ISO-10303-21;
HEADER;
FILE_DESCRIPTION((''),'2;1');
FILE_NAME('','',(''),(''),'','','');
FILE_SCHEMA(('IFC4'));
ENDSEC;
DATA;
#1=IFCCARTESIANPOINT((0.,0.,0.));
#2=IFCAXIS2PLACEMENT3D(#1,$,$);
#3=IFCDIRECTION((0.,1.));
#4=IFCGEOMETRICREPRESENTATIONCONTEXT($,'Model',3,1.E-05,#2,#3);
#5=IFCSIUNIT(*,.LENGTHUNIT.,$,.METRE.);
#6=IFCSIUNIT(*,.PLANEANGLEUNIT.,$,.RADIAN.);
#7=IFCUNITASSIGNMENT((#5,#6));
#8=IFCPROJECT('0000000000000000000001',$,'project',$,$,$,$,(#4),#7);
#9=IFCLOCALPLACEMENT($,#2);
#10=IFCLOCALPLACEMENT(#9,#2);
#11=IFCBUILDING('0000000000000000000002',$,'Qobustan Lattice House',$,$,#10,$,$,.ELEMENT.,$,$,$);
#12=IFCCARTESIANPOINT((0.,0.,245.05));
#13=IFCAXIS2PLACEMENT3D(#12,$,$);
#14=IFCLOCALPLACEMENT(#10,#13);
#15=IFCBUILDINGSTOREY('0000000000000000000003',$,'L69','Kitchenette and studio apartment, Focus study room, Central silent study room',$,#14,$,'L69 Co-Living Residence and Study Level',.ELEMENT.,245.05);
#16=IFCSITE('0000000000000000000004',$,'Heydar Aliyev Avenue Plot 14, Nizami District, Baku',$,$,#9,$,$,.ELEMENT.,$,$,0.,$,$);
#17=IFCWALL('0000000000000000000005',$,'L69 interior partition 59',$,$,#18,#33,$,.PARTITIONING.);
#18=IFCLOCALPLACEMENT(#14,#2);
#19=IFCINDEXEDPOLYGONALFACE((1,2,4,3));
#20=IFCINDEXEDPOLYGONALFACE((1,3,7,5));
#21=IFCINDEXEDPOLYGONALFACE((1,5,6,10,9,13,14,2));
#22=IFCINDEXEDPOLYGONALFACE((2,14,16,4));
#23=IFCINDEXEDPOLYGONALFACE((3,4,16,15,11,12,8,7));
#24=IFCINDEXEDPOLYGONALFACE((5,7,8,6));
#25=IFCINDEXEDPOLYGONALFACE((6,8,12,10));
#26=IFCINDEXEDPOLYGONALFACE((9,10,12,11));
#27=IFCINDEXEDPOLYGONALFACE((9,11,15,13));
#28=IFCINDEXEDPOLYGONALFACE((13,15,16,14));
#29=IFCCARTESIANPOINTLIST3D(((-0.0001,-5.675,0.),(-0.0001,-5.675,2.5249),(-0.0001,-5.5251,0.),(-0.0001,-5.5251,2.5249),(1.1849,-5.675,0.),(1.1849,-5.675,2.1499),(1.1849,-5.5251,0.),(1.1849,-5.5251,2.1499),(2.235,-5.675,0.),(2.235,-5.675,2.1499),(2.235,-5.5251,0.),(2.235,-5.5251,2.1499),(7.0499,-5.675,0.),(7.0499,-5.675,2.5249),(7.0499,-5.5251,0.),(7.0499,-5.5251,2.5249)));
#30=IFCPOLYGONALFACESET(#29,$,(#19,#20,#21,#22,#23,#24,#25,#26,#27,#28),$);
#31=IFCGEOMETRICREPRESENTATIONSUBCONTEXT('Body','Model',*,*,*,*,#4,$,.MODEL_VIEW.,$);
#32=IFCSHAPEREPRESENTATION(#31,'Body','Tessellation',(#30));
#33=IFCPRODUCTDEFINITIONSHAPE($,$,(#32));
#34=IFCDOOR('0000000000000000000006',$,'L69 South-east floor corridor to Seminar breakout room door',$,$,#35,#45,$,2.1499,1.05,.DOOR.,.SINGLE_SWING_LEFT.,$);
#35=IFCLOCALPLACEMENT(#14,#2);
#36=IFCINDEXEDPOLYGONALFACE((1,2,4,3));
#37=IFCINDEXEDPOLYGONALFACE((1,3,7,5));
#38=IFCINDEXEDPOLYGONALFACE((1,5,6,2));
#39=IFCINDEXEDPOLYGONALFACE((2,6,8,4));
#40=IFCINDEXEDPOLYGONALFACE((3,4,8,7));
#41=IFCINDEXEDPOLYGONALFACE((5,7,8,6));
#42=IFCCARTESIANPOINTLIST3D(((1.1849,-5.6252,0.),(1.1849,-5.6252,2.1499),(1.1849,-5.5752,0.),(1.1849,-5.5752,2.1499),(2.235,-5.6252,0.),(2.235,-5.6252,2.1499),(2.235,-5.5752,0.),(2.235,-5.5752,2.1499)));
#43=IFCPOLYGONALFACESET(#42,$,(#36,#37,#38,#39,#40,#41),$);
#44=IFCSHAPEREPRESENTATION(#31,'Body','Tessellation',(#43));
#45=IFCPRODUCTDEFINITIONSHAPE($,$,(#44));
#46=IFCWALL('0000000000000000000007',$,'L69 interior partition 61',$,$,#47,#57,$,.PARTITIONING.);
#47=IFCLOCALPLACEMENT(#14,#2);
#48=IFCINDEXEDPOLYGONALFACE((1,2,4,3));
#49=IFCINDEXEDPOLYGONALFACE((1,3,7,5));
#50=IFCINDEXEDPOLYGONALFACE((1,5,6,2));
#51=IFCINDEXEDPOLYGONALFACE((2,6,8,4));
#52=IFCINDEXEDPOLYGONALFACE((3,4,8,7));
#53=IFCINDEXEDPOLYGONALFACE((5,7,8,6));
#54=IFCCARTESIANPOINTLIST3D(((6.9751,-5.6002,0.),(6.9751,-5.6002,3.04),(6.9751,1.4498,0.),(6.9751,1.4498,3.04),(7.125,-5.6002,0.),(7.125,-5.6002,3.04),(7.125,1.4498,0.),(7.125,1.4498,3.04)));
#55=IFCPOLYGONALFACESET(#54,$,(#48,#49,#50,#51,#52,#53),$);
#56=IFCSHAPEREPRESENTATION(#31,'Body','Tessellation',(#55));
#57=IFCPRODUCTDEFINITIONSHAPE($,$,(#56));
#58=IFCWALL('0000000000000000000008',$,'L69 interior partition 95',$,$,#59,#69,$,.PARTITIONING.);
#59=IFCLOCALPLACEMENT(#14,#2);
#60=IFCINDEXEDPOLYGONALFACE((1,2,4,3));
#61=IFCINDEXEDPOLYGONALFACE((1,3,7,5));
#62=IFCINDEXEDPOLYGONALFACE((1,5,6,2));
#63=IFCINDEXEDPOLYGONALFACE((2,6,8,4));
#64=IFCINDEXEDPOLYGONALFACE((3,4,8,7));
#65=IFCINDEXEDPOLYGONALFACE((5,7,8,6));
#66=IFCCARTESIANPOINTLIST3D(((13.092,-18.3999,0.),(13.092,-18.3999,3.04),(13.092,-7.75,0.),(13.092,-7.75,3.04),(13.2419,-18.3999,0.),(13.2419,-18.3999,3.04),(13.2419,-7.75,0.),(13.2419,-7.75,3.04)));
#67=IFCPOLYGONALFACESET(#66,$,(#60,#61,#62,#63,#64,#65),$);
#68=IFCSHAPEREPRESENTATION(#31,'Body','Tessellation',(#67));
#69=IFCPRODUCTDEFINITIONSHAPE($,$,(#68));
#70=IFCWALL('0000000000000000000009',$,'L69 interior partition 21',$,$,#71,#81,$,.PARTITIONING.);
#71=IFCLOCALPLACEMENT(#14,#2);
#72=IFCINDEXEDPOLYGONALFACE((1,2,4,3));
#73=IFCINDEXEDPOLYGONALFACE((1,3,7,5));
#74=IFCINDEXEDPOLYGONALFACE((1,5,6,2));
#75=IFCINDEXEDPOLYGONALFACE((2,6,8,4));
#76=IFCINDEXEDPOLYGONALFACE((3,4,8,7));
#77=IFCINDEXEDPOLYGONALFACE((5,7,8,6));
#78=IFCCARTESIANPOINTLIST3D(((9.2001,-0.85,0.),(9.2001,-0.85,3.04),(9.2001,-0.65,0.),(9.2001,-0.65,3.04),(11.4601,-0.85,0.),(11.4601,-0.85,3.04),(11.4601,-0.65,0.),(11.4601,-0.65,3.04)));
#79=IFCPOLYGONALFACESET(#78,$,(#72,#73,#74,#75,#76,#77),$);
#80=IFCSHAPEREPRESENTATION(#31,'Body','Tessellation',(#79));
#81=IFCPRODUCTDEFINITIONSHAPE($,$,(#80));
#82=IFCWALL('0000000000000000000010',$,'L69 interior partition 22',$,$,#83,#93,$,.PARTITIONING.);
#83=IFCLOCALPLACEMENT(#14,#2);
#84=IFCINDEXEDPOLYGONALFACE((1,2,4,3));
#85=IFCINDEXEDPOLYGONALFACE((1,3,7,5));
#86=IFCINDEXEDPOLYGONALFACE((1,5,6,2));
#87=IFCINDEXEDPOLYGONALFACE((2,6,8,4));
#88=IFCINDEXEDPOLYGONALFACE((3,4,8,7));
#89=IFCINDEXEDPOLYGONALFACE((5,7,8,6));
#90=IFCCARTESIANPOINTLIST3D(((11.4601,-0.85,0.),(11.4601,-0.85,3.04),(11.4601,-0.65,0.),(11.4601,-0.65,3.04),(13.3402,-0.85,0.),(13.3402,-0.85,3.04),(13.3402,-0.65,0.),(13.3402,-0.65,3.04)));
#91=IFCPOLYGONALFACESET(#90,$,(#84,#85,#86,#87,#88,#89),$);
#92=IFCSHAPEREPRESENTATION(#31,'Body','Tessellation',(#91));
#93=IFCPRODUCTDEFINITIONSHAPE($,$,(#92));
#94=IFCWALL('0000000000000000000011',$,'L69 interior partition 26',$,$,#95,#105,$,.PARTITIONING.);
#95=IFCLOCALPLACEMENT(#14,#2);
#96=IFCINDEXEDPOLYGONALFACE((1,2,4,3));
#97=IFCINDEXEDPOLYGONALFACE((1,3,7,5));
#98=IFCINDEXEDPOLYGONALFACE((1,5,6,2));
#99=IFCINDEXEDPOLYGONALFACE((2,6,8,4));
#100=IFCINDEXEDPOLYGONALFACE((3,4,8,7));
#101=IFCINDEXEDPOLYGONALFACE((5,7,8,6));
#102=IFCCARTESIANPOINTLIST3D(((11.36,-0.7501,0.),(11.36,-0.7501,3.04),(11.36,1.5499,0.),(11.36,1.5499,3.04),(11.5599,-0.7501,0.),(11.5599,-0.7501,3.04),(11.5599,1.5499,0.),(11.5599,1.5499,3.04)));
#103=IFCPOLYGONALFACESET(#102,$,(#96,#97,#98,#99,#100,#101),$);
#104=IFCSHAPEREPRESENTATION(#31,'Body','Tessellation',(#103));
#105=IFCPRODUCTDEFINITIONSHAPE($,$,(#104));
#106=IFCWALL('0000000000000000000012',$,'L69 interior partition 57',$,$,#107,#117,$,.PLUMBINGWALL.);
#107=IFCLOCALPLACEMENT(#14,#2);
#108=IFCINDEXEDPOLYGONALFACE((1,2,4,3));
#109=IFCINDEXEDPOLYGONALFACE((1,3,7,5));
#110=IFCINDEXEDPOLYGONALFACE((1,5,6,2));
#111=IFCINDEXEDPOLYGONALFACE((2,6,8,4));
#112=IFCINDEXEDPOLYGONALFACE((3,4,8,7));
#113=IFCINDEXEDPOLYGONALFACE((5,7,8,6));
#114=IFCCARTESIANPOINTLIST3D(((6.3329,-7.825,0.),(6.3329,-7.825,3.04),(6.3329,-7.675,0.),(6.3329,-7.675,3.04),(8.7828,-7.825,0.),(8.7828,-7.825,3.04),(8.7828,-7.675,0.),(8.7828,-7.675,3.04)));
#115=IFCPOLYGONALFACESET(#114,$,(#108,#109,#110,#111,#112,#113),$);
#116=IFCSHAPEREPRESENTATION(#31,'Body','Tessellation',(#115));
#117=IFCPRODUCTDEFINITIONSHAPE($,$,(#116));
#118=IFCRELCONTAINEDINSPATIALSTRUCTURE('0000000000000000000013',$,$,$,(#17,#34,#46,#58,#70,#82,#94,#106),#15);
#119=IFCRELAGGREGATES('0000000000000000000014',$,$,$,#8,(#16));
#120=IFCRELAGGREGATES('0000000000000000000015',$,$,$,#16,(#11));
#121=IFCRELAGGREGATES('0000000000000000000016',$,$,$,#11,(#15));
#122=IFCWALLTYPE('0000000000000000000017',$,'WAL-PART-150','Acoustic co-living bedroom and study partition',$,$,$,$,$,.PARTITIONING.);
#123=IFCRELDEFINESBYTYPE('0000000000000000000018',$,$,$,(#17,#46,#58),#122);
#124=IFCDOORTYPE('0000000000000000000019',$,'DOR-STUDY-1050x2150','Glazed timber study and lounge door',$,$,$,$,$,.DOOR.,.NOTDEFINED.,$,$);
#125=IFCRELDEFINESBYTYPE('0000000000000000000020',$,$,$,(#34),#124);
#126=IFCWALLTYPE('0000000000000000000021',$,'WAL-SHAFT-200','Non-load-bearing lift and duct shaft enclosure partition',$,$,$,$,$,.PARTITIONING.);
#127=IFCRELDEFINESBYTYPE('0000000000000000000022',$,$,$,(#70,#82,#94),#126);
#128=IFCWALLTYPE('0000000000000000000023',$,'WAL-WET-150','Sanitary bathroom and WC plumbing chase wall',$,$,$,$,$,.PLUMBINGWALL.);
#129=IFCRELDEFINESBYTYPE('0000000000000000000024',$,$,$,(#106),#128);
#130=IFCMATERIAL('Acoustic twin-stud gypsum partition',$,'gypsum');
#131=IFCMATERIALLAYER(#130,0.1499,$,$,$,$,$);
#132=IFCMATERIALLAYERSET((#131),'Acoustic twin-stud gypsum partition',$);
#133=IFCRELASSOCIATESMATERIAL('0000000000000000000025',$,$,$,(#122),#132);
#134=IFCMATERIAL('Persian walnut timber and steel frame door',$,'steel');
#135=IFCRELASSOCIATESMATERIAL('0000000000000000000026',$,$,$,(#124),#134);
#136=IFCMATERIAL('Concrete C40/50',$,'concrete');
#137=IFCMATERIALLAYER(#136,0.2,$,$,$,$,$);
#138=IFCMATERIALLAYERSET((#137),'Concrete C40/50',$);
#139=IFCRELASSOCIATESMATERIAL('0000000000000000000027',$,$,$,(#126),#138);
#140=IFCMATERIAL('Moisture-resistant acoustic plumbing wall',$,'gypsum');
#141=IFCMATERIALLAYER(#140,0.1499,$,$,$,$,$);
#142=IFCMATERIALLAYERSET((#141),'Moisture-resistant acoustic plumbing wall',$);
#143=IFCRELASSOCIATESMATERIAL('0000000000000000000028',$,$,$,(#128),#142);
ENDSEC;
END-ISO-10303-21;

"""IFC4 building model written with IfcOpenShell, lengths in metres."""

from ifc_helpers import new_model, si_unit, direction, frame, frame_2d, origin, place, context, subcontext, project, spatial, rectangle, extrude, material, layer, layer_set, type_object, element, fill, save


model = new_model("IFC4")

# Units and contexts
model_context = context("Model", 3, precision=1e-05, world=origin(), true_north=direction((0.0, 1.0)))
body_context = subcontext(model_context, "Body", "Model", "MODEL_VIEW")
ifc_project = project(units=[si_unit("LENGTHUNIT", "METRE"), si_unit("PLANEANGLEUNIT", "RADIAN")], contexts=[model_context])

# Site, building, storey
site_placement = place(None, origin())
site = spatial("IfcSite", under=ifc_project, at=site_placement, Name="Heydar Aliyev Avenue Plot 14, Nizami District, Baku", CompositionType="ELEMENT", RefElevation=0.0)
building_placement = place(site_placement, origin())
building = spatial("IfcBuilding", under=site, at=building_placement, Name="Qobustan Lattice House", CompositionType="ELEMENT")
storey_placement = place(building_placement, frame((0.0, 0.0, 245.05)))
storey = spatial("IfcBuildingStorey", under=building, at=storey_placement, Name="L69", Description="Kitchenette and studio apartment, Focus study room, Central silent study room", LongName="L69 Co-Living Residence and Study Level", CompositionType="ELEMENT", Elevation=245.05)

# Wall, opening, door
ifc_material_1 = material(Name="Acoustic twin-stud gypsum partition", Category="gypsum")
ifc_layer_1 = layer(ifc_material_1, 0.1499)
ifc_layer_set_1 = layer_set([ifc_layer_1], Name="Acoustic twin-stud gypsum partition")
wall_type_1 = type_object("IfcWallType", Name="WAL-PART-150", Description="Acoustic co-living bedroom and study partition", PredefinedType="PARTITIONING", material=ifc_layer_set_1)
wall_1_placement = place(storey_placement, frame((0.0, -5.6001, 0.0), z_axis=(0.0, 0.0, 1.0), x_axis=(1.0, 0.0, 0.0)))
wall_1 = element("IfcWall", 1, at=wall_1_placement, inside=storey, type_object=wall_type_1, Name="L69 interior partition 59", PredefinedType="PARTITIONING", context=body_context, shape_type="SweptSolid", body=[
    extrude(rectangle(XDim=7.05, YDim=0.1499, at=frame_2d((3.5249, 0.0))), origin(), (0.0, 0.0, 1.0), 2.5249),
])
opening_1_placement = place(wall_1_placement, frame((1.1851, 0.0, 0.0)))
opening_1 = element("IfcOpeningElement", 2, at=opening_1_placement, cuts=wall_1, PredefinedType="OPENING", context=body_context, shape_type="SweptSolid", body=[
    extrude(rectangle(XDim=1.05, YDim=2.1499, at=frame_2d((0.5249, 1.075))), frame((0.0, 0.085, 0.0), z_axis=(0.0, -1.0, 0.0), x_axis=(1.0, 0.0, 0.0)), (0.0, 0.0, 1.0), 0.1699),
])
ifc_material_2 = material(Name="Persian walnut timber and steel frame door", Category="steel")
door_type_1 = type_object("IfcDoorType", Name="DOR-STUDY-1050x2150", Description="Glazed timber study and lounge door", OperationType="NOTDEFINED", PredefinedType="DOOR", material=ifc_material_2)
door_1_placement = place(opening_1_placement, origin())
door_1 = element("IfcDoor", 3, at=door_1_placement, inside=storey, type_object=door_type_1, Name="L69 South-east floor corridor to Seminar breakout room door", OperationType="SINGLE_SWING_LEFT", OverallHeight=2.1499, OverallWidth=1.05, PredefinedType="DOOR", context=body_context, shape_type="SweptSolid", body=[
    extrude(rectangle(XDim=1.05, YDim=2.1499, at=frame_2d((0.5249, 1.075))), frame((0.0, 0.0249, 0.0), z_axis=(0.0, -1.0, 0.0), x_axis=(1.0, 0.0, 0.0)), (0.0, 0.0, 1.0), 0.05),
])
fill(opening_1, door_1)

# Walls
wall_2_placement = place(storey_placement, frame((7.05, -5.6001, 0.0), z_axis=(0.0, 0.0, 1.0), x_axis=(0.0, 1.0, 0.0)))
element("IfcWall", 4, at=wall_2_placement, inside=storey, type_object=wall_type_1, Name="L69 interior partition 61", PredefinedType="PARTITIONING", context=body_context, shape_type="SweptSolid", body=[
    extrude(rectangle(XDim=7.05, YDim=0.1499, at=frame_2d((3.5249, 0.0))), origin(), (0.0, 0.0, 1.0), 3.04),
])
wall_3_placement = place(storey_placement, frame((13.167, -7.75, 0.0), z_axis=(0.0, 0.0, 1.0), x_axis=(0.0, -1.0, 0.0)))
element("IfcWall", 5, at=wall_3_placement, inside=storey, type_object=wall_type_1, Name="L69 interior partition 95", PredefinedType="PARTITIONING", context=body_context, shape_type="SweptSolid", body=[
    extrude(rectangle(XDim=10.6499, YDim=0.1499, at=frame_2d((5.325, 0.0))), origin(), (0.0, 0.0, 1.0), 3.04),
])
ifc_material_3 = material(Name="Concrete C40/50", Category="concrete")
ifc_layer_2 = layer(ifc_material_3, 0.2)
ifc_layer_set_2 = layer_set([ifc_layer_2], Name="Concrete C40/50")
wall_type_2 = type_object("IfcWallType", Name="WAL-SHAFT-200", Description="Non-load-bearing lift and duct shaft enclosure partition", PredefinedType="PARTITIONING", material=ifc_layer_set_2)
wall_4_placement = place(storey_placement, frame((11.46, -0.75, 0.0), z_axis=(0.0, 0.0, 1.0), x_axis=(-1.0, 0.0, 0.0)))
element("IfcWall", 6, at=wall_4_placement, inside=storey, type_object=wall_type_2, Name="L69 interior partition 21", PredefinedType="PARTITIONING", context=body_context, shape_type="SweptSolid", body=[
    extrude(rectangle(XDim=2.26, YDim=0.2, at=frame_2d((1.1299, 0.0))), origin(), (0.0, 0.0, 1.0), 3.04),
])
wall_5_placement = place(storey_placement, frame((13.3401, -0.75, 0.0), z_axis=(0.0, 0.0, 1.0), x_axis=(-1.0, 0.0, 0.0)))
element("IfcWall", 7, at=wall_5_placement, inside=storey, type_object=wall_type_2, Name="L69 interior partition 22", PredefinedType="PARTITIONING", context=body_context, shape_type="SweptSolid", body=[
    extrude(rectangle(XDim=1.8801, YDim=0.2, at=frame_2d((0.9399, 0.0))), origin(), (0.0, 0.0, 1.0), 3.04),
])
wall_6_placement = place(storey_placement, frame((11.46, -0.75, 0.0), z_axis=(0.0, 0.0, 1.0), x_axis=(0.0, 1.0, 0.0)))
element("IfcWall", 8, at=wall_6_placement, inside=storey, type_object=wall_type_2, Name="L69 interior partition 26", PredefinedType="PARTITIONING", context=body_context, shape_type="SweptSolid", body=[
    extrude(rectangle(XDim=2.3, YDim=0.2, at=frame_2d((1.1499, 0.0))), origin(), (0.0, 0.0, 1.0), 3.04),
])
ifc_material_4 = material(Name="Moisture-resistant acoustic plumbing wall", Category="gypsum")
ifc_layer_3 = layer(ifc_material_4, 0.1499)
ifc_layer_set_3 = layer_set([ifc_layer_3], Name="Moisture-resistant acoustic plumbing wall")
wall_type_3 = type_object("IfcWallType", Name="WAL-WET-150", Description="Sanitary bathroom and WC plumbing chase wall", PredefinedType="PLUMBINGWALL", material=ifc_layer_set_3)
wall_7_placement = place(storey_placement, frame((8.783, -7.75, 0.0), z_axis=(0.0, 0.0, 1.0), x_axis=(-1.0, 0.0, 0.0)))
element("IfcWall", 9, at=wall_7_placement, inside=storey, type_object=wall_type_3, Name="L69 interior partition 57", PredefinedType="PLUMBINGWALL", context=body_context, shape_type="SweptSolid", body=[
    extrude(rectangle(XDim=2.45, YDim=0.1499, at=frame_2d((1.2251, 0.0))), origin(), (0.0, 0.0, 1.0), 3.04),
])

save(model, "model.ifc")
